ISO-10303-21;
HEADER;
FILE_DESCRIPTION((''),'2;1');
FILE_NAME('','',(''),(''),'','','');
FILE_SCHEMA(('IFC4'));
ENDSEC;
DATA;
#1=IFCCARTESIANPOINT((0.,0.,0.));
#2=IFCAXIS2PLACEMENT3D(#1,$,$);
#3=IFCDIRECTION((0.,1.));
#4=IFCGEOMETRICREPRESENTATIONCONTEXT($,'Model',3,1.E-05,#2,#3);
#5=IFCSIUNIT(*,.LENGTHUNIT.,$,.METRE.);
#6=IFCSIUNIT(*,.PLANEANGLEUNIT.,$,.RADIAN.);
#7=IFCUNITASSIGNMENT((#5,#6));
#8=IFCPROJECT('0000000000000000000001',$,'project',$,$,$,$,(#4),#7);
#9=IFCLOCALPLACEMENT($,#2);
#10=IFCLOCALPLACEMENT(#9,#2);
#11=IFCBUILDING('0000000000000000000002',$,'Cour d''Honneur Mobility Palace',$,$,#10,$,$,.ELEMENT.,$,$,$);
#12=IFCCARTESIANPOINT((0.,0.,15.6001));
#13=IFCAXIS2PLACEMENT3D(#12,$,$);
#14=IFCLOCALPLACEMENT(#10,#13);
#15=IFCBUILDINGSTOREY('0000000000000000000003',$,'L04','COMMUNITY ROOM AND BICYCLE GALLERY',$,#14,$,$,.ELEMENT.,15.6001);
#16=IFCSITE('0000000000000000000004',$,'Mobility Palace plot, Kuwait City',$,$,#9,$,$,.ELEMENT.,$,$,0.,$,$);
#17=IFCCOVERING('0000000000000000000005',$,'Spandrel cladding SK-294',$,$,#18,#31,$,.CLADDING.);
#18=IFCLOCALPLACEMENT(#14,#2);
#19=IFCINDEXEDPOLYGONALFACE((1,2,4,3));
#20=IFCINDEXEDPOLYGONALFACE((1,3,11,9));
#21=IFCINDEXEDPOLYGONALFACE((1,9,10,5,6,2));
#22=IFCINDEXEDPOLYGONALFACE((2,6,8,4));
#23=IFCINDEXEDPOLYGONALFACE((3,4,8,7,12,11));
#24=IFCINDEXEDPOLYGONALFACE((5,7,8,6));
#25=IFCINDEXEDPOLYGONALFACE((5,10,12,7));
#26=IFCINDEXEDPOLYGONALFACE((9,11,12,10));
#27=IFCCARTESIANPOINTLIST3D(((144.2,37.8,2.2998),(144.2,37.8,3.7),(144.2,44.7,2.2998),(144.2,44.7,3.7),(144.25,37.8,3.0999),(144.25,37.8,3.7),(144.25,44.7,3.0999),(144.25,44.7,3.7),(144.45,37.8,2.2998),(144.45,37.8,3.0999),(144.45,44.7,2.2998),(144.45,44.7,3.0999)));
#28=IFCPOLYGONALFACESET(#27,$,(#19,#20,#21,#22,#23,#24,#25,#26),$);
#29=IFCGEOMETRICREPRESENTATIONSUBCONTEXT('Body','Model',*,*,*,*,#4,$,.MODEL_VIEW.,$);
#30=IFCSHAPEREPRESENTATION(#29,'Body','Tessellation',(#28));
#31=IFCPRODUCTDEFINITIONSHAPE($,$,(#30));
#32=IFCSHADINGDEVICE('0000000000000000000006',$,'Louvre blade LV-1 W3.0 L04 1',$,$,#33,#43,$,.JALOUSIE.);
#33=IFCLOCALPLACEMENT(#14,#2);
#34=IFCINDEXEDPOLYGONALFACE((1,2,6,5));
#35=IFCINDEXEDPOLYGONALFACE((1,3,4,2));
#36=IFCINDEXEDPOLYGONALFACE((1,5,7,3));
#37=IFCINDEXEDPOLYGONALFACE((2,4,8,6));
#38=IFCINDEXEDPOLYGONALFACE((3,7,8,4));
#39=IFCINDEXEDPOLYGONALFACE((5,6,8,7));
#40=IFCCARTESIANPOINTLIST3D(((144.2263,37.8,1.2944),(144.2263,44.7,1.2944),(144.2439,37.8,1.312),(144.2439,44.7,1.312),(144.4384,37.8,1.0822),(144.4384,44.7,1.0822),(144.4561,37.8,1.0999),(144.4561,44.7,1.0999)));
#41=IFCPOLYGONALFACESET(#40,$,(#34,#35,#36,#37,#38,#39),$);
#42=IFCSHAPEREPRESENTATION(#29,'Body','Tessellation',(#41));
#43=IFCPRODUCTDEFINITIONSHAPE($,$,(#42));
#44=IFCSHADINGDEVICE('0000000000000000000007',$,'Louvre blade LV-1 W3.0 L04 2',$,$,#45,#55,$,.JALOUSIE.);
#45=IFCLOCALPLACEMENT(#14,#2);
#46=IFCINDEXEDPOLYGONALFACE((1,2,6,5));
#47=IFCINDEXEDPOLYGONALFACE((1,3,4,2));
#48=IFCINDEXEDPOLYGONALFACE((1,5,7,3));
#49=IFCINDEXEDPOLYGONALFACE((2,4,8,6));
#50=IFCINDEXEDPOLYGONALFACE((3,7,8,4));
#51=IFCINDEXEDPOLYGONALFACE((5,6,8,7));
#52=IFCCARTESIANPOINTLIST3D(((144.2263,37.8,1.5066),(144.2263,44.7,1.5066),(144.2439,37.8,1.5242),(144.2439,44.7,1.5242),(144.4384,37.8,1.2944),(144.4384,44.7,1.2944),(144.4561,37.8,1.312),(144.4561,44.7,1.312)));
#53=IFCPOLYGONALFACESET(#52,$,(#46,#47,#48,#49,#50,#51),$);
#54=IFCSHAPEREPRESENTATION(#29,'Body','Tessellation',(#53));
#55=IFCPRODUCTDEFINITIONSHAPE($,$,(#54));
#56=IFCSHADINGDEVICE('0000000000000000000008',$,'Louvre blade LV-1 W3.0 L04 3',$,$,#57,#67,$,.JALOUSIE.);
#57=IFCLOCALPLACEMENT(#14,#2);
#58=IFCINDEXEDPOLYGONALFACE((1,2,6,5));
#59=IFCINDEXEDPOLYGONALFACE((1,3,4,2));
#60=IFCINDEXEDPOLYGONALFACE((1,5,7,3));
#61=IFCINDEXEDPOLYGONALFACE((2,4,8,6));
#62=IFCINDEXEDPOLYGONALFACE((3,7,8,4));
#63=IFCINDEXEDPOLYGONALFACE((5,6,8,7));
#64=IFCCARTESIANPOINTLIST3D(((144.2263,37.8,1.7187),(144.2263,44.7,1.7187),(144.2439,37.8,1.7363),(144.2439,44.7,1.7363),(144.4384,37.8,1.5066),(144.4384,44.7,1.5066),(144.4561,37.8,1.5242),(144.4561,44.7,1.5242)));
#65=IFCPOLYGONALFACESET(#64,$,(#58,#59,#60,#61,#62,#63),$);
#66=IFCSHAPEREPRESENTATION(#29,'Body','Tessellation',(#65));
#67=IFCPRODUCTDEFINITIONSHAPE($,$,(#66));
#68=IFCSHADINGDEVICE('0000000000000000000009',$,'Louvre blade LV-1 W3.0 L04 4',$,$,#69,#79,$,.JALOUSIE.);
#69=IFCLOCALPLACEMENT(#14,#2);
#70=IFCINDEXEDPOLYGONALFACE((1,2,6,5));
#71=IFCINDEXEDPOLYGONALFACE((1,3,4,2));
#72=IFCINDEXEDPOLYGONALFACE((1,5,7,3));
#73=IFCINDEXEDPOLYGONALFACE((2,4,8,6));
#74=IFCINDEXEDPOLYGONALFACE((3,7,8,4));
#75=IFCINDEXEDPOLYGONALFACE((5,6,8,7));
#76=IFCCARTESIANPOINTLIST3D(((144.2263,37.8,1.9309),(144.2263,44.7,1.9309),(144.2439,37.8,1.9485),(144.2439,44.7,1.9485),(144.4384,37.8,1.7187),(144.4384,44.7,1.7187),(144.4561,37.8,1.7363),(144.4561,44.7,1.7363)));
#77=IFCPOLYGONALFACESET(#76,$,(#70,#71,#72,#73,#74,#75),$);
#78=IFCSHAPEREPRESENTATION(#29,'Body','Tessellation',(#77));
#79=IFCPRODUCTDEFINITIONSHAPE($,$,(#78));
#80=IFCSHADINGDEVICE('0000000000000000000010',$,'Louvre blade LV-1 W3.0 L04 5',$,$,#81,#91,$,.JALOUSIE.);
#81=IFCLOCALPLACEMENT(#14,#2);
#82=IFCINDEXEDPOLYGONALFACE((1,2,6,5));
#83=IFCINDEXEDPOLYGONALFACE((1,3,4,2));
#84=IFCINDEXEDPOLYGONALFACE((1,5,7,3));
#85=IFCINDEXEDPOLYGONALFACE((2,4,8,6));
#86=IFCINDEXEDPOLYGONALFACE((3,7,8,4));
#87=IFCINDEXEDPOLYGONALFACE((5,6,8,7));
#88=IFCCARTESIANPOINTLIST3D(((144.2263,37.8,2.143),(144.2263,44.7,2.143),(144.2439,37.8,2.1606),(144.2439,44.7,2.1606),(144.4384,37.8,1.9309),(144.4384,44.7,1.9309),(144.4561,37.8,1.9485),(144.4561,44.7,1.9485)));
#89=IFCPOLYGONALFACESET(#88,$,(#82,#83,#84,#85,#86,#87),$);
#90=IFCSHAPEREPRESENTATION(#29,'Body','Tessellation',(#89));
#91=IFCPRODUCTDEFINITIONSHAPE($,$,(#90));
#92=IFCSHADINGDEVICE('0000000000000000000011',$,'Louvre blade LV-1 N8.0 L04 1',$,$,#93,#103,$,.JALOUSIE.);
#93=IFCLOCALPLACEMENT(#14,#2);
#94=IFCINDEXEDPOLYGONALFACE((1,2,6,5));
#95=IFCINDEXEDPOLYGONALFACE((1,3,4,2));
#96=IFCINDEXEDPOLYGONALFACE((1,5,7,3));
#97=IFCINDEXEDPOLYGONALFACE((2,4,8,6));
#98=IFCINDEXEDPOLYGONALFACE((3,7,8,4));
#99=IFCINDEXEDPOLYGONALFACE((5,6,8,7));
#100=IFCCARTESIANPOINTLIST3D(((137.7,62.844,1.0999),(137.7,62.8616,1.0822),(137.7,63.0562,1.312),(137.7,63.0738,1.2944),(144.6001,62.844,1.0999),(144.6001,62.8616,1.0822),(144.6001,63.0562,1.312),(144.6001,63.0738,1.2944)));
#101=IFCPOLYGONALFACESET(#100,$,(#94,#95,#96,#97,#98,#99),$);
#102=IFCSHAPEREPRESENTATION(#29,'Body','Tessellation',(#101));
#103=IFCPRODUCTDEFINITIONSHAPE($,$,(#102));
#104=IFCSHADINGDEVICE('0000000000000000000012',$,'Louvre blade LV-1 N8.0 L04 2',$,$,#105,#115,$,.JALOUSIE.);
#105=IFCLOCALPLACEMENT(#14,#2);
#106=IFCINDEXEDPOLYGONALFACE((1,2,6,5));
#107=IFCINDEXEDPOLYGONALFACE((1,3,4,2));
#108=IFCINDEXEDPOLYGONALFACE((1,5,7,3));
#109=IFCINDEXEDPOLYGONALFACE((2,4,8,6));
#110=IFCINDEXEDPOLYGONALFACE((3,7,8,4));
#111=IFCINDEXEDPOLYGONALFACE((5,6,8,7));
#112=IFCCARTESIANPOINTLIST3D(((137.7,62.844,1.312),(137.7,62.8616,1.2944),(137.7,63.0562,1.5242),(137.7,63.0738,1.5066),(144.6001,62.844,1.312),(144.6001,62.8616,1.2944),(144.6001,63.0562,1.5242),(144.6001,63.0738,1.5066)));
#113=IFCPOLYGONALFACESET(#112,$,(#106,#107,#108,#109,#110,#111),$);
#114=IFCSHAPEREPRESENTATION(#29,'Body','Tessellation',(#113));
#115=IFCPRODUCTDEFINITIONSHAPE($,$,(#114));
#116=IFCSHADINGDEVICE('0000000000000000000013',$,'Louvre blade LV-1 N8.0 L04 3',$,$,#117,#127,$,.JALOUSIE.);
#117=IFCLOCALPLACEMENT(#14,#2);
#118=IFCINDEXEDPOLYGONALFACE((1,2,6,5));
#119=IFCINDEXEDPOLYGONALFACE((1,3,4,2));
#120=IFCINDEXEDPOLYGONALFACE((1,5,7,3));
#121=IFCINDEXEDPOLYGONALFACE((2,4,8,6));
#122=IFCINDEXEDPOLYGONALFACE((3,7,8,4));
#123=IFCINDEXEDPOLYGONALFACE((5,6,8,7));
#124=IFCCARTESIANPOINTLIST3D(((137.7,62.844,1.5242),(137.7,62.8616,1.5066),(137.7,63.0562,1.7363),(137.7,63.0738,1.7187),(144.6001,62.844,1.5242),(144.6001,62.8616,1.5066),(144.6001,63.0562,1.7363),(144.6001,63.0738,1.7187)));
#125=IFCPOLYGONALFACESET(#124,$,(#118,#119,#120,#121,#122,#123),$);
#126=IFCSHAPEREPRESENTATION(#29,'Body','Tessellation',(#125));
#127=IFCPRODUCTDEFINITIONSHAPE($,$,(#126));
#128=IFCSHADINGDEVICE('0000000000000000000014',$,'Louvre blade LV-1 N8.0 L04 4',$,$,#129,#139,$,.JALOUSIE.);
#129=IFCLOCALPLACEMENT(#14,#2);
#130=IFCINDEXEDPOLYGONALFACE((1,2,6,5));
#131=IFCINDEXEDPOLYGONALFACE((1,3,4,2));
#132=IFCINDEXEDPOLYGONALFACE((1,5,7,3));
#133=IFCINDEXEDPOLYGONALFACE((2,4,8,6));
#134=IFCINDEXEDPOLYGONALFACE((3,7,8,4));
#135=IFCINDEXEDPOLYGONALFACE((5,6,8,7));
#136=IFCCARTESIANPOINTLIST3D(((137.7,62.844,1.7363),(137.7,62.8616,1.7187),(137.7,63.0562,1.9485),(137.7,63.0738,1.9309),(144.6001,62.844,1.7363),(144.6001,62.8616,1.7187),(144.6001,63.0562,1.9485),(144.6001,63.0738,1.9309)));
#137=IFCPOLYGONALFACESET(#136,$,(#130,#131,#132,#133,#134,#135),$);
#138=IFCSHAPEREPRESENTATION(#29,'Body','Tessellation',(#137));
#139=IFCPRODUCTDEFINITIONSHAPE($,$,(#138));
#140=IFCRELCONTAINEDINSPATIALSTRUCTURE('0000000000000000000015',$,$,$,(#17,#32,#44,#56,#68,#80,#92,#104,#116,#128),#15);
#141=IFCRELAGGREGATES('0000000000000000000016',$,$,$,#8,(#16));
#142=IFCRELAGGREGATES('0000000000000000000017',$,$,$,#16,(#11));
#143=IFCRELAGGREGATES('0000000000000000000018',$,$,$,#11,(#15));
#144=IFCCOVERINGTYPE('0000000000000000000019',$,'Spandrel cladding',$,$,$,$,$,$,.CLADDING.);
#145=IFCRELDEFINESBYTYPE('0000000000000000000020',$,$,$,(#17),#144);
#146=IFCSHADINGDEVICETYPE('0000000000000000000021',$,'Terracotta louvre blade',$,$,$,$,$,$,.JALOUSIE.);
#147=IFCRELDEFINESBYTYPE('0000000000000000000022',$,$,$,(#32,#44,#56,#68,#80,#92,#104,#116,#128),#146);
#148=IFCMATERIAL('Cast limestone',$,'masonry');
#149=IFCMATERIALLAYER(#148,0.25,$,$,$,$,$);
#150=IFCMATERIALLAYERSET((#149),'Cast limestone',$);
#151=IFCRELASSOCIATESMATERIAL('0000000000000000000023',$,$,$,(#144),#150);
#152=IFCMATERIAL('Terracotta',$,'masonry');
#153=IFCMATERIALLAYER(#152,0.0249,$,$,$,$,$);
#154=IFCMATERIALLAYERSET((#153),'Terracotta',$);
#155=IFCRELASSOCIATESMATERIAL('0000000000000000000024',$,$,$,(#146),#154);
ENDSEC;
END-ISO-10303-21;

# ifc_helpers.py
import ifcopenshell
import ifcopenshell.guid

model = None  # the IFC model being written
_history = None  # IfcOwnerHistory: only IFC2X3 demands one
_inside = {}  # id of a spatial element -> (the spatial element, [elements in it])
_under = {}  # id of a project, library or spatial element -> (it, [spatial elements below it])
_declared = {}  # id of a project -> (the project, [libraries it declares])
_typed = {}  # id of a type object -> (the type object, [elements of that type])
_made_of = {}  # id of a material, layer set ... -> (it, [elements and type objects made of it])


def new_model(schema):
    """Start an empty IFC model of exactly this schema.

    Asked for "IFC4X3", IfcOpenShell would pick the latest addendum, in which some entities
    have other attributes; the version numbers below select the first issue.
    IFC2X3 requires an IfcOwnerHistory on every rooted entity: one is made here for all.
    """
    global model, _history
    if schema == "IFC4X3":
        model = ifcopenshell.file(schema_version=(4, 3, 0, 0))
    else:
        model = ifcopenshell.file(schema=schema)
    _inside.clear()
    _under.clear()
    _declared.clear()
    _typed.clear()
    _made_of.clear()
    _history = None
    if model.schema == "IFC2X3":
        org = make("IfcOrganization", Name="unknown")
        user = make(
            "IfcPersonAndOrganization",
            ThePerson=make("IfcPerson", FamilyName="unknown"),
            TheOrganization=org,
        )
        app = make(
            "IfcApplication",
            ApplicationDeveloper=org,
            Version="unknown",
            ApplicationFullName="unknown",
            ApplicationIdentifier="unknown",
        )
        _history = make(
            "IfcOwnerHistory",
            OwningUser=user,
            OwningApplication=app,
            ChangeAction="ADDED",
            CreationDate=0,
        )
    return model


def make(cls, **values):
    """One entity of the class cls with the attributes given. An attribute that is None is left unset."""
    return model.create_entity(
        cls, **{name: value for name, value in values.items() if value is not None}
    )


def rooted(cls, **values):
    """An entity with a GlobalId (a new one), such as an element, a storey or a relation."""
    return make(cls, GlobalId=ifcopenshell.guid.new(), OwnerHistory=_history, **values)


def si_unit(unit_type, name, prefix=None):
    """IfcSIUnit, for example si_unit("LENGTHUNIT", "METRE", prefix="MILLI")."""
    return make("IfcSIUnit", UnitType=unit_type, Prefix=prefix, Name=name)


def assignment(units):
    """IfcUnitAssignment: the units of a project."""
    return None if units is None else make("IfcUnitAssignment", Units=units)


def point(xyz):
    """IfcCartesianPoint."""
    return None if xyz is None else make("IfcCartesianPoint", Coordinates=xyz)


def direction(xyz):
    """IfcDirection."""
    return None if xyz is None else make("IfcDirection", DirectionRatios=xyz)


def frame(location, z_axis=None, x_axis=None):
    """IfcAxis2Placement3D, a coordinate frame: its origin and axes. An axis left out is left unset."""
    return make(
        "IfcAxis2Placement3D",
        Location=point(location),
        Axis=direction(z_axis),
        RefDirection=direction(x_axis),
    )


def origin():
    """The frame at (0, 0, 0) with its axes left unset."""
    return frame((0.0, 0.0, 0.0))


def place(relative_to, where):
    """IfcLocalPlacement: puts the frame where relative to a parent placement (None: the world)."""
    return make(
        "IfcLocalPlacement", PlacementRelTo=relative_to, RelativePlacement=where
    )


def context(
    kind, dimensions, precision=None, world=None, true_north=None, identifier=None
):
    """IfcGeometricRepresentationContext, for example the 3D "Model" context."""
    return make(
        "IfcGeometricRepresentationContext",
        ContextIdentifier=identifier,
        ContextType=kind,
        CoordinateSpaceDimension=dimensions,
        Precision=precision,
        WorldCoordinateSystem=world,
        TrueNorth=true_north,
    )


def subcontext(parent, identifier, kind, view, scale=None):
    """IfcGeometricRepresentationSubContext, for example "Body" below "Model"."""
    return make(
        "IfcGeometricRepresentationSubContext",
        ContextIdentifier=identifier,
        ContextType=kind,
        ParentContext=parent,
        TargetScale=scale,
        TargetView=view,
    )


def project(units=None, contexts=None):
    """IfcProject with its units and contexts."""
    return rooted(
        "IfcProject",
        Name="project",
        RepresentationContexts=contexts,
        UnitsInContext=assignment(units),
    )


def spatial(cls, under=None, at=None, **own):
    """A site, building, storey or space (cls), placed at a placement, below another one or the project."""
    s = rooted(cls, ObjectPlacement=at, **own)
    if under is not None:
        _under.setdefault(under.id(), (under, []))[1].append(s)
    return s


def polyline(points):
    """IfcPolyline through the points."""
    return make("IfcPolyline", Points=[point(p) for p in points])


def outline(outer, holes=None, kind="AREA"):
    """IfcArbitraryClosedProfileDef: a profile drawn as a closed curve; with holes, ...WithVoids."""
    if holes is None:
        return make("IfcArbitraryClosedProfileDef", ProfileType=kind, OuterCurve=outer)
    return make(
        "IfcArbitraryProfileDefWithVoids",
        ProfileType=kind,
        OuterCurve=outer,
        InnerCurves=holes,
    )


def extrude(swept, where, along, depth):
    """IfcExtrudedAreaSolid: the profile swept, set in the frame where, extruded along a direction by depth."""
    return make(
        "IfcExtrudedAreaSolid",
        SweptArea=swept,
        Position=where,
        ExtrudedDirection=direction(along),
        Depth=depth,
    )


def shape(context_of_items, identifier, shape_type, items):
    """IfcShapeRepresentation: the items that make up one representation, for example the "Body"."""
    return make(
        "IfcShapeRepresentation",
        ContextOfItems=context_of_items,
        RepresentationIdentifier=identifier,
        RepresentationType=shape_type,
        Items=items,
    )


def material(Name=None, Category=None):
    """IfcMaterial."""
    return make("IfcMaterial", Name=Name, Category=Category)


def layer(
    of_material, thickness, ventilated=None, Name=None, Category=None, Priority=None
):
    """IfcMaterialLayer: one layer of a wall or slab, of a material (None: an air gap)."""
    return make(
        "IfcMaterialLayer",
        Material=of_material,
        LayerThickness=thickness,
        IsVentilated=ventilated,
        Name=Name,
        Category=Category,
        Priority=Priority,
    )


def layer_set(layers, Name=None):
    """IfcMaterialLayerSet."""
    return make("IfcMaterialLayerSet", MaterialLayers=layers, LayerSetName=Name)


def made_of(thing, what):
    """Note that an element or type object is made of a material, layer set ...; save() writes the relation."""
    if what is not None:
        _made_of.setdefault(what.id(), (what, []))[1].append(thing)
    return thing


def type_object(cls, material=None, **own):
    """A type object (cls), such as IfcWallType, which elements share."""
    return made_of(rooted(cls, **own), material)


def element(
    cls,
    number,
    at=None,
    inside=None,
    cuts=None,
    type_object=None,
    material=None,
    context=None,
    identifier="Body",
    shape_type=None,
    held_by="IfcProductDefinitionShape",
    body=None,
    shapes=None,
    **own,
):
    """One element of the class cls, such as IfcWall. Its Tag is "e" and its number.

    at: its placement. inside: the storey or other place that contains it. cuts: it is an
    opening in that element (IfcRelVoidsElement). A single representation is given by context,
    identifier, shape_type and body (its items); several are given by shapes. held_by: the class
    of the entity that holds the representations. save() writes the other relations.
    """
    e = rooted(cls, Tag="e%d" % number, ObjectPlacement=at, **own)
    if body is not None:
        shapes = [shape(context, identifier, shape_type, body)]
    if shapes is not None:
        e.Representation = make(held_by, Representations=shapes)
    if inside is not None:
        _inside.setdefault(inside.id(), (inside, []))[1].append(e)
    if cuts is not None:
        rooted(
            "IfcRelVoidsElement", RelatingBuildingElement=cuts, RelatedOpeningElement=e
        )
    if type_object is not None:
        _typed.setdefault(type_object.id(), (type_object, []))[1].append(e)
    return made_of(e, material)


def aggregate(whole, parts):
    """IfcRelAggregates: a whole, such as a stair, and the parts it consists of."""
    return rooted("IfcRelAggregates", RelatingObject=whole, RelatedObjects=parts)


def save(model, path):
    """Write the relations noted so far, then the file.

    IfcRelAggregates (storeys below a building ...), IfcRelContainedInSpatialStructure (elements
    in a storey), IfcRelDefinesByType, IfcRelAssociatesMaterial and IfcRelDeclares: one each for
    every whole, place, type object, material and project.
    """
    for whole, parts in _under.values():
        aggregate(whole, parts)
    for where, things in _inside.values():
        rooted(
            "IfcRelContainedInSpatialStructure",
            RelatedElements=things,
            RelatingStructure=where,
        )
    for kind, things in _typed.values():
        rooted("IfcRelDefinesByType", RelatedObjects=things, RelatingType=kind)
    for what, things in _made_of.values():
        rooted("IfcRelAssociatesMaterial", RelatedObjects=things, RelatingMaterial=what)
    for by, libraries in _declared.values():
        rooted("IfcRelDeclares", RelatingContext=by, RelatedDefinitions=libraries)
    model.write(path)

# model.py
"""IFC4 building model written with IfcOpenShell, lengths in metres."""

from ifc_helpers import new_model, si_unit, direction, frame, origin, place, context, subcontext, project, spatial, polyline, outline, extrude, material, layer, layer_set, type_object, element, save


model = new_model("IFC4")

# Units and contexts
model_context = context("Model", 3, precision=1e-05, world=origin(), true_north=direction((0.0, 1.0)))
body_context = subcontext(model_context, "Body", "Model", "MODEL_VIEW")
ifc_project = project(units=[si_unit("LENGTHUNIT", "METRE"), si_unit("PLANEANGLEUNIT", "RADIAN")], contexts=[model_context])

# Site, building, storey
site_placement = place(None, origin())
site = spatial("IfcSite", under=ifc_project, at=site_placement, Name="Mobility Palace plot, Kuwait City", CompositionType="ELEMENT", RefElevation=0.0)
building_placement = place(site_placement, origin())
building = spatial("IfcBuilding", under=site, at=building_placement, Name="Cour d'Honneur Mobility Palace", CompositionType="ELEMENT")
storey_placement = place(building_placement, frame((0.0, 0.0, 15.6001)))
storey = spatial("IfcBuildingStorey", under=building, at=storey_placement, Name="L04", Description="COMMUNITY ROOM AND BICYCLE GALLERY", CompositionType="ELEMENT", Elevation=15.6001)

# Covering
ifc_material_1 = material(Name="Cast limestone", Category="masonry")
ifc_layer_1 = layer(ifc_material_1, 0.25)
ifc_layer_set_1 = layer_set([ifc_layer_1], Name="Cast limestone")
covering_type = type_object("IfcCoveringType", Name="Spandrel cladding", PredefinedType="CLADDING", material=ifc_layer_set_1)
covering_placement = place(storey_placement, frame((144.45, 44.7, 2.2998), z_axis=(0.0, 1.0, 0.0), x_axis=(-1.0, 0.0, 0.0)))
element("IfcCovering", 1, at=covering_placement, inside=storey, type_object=covering_type, Name="Spandrel cladding SK-294", PredefinedType="CLADDING", context=body_context, shape_type="SweptSolid", body=[
    extrude(outline(polyline([(0.0, 0.0), (0.25, 0.0), (0.25, 1.4001), (0.2, 1.4001), (0.2, 0.8), (0.0, 0.8), (0.0, 0.0)])), origin(), (0.0, 0.0, -1.0), 6.8999),
])

# Shading devices
ifc_material_2 = material(Name="Terracotta", Category="masonry")
ifc_layer_2 = layer(ifc_material_2, 0.0249)
ifc_layer_set_2 = layer_set([ifc_layer_2], Name="Terracotta")
shading_device_type = type_object("IfcShadingDeviceType", Name="Terracotta louvre blade", PredefinedType="JALOUSIE", material=ifc_layer_set_2)
for number, where, z_axis, x_axis, name in (
    (2, (144.4561, 44.7, 1.0999), (0.707107, 0.0, 0.707107), (0.0, -1.0, 0.0), "Louvre blade LV-1 W3.0 L04 1"),
    (3, (144.4561, 44.7, 1.312), (0.707107, 0.0, 0.707107), (0.0, -1.0, 0.0), "Louvre blade LV-1 W3.0 L04 2"),
    (4, (144.4561, 44.7, 1.5242), (0.707107, 0.0, 0.707107), (0.0, -1.0, 0.0), "Louvre blade LV-1 W3.0 L04 3"),
    (5, (144.4561, 44.7, 1.7363), (0.707107, 0.0, 0.707107), (0.0, -1.0, 0.0), "Louvre blade LV-1 W3.0 L04 4"),
    (6, (144.4561, 44.7, 1.9485), (0.707107, 0.0, 0.707107), (0.0, -1.0, 0.0), "Louvre blade LV-1 W3.0 L04 5"),
):
    element("IfcShadingDevice", number, at=place(storey_placement, frame(where, z_axis=z_axis, x_axis=x_axis)), inside=storey, type_object=shading_device_type, Name=name, PredefinedType="JALOUSIE", context=body_context, shape_type="SweptSolid", body=[
        extrude(outline(polyline([(0.0, 0.0), (6.8999, 0.0), (6.8999, -0.3), (0.0, -0.3), (0.0, 0.0)])), origin(), (0.0, 0.0, -1.0), 0.0249),
    ])
for number, where, z_axis, x_axis, name in (
    (7, (144.6001, 62.844, 1.0999), (0.0, -0.707107, 0.707107), (-1.0, 0.0, 0.0), "Louvre blade LV-1 N8.0 L04 1"),
    (8, (144.6001, 62.844, 1.312), (0.0, -0.707107, 0.707107), (-1.0, 0.0, 0.0), "Louvre blade LV-1 N8.0 L04 2"),
    (9, (144.6001, 62.844, 1.5242), (0.0, -0.707107, 0.707107), (-1.0, 0.0, 0.0), "Louvre blade LV-1 N8.0 L04 3"),
    (10, (144.6001, 62.844, 1.7363), (0.0, -0.707107, 0.707107), (-1.0, 0.0, 0.0), "Louvre blade LV-1 N8.0 L04 4"),
):
    element("IfcShadingDevice", number, at=place(storey_placement, frame(where, z_axis=z_axis, x_axis=x_axis)), inside=storey, type_object=shading_device_type, Name=name, PredefinedType="JALOUSIE", context=body_context, shape_type="SweptSolid", body=[
        extrude(outline(polyline([(0.0, 0.0), (6.9001, 0.0), (6.9001, -0.3), (0.0, -0.3), (0.0, 0.0)])), origin(), (0.0, 0.0, -1.0), 0.0249),
    ])

save(model, "model.ifc")
